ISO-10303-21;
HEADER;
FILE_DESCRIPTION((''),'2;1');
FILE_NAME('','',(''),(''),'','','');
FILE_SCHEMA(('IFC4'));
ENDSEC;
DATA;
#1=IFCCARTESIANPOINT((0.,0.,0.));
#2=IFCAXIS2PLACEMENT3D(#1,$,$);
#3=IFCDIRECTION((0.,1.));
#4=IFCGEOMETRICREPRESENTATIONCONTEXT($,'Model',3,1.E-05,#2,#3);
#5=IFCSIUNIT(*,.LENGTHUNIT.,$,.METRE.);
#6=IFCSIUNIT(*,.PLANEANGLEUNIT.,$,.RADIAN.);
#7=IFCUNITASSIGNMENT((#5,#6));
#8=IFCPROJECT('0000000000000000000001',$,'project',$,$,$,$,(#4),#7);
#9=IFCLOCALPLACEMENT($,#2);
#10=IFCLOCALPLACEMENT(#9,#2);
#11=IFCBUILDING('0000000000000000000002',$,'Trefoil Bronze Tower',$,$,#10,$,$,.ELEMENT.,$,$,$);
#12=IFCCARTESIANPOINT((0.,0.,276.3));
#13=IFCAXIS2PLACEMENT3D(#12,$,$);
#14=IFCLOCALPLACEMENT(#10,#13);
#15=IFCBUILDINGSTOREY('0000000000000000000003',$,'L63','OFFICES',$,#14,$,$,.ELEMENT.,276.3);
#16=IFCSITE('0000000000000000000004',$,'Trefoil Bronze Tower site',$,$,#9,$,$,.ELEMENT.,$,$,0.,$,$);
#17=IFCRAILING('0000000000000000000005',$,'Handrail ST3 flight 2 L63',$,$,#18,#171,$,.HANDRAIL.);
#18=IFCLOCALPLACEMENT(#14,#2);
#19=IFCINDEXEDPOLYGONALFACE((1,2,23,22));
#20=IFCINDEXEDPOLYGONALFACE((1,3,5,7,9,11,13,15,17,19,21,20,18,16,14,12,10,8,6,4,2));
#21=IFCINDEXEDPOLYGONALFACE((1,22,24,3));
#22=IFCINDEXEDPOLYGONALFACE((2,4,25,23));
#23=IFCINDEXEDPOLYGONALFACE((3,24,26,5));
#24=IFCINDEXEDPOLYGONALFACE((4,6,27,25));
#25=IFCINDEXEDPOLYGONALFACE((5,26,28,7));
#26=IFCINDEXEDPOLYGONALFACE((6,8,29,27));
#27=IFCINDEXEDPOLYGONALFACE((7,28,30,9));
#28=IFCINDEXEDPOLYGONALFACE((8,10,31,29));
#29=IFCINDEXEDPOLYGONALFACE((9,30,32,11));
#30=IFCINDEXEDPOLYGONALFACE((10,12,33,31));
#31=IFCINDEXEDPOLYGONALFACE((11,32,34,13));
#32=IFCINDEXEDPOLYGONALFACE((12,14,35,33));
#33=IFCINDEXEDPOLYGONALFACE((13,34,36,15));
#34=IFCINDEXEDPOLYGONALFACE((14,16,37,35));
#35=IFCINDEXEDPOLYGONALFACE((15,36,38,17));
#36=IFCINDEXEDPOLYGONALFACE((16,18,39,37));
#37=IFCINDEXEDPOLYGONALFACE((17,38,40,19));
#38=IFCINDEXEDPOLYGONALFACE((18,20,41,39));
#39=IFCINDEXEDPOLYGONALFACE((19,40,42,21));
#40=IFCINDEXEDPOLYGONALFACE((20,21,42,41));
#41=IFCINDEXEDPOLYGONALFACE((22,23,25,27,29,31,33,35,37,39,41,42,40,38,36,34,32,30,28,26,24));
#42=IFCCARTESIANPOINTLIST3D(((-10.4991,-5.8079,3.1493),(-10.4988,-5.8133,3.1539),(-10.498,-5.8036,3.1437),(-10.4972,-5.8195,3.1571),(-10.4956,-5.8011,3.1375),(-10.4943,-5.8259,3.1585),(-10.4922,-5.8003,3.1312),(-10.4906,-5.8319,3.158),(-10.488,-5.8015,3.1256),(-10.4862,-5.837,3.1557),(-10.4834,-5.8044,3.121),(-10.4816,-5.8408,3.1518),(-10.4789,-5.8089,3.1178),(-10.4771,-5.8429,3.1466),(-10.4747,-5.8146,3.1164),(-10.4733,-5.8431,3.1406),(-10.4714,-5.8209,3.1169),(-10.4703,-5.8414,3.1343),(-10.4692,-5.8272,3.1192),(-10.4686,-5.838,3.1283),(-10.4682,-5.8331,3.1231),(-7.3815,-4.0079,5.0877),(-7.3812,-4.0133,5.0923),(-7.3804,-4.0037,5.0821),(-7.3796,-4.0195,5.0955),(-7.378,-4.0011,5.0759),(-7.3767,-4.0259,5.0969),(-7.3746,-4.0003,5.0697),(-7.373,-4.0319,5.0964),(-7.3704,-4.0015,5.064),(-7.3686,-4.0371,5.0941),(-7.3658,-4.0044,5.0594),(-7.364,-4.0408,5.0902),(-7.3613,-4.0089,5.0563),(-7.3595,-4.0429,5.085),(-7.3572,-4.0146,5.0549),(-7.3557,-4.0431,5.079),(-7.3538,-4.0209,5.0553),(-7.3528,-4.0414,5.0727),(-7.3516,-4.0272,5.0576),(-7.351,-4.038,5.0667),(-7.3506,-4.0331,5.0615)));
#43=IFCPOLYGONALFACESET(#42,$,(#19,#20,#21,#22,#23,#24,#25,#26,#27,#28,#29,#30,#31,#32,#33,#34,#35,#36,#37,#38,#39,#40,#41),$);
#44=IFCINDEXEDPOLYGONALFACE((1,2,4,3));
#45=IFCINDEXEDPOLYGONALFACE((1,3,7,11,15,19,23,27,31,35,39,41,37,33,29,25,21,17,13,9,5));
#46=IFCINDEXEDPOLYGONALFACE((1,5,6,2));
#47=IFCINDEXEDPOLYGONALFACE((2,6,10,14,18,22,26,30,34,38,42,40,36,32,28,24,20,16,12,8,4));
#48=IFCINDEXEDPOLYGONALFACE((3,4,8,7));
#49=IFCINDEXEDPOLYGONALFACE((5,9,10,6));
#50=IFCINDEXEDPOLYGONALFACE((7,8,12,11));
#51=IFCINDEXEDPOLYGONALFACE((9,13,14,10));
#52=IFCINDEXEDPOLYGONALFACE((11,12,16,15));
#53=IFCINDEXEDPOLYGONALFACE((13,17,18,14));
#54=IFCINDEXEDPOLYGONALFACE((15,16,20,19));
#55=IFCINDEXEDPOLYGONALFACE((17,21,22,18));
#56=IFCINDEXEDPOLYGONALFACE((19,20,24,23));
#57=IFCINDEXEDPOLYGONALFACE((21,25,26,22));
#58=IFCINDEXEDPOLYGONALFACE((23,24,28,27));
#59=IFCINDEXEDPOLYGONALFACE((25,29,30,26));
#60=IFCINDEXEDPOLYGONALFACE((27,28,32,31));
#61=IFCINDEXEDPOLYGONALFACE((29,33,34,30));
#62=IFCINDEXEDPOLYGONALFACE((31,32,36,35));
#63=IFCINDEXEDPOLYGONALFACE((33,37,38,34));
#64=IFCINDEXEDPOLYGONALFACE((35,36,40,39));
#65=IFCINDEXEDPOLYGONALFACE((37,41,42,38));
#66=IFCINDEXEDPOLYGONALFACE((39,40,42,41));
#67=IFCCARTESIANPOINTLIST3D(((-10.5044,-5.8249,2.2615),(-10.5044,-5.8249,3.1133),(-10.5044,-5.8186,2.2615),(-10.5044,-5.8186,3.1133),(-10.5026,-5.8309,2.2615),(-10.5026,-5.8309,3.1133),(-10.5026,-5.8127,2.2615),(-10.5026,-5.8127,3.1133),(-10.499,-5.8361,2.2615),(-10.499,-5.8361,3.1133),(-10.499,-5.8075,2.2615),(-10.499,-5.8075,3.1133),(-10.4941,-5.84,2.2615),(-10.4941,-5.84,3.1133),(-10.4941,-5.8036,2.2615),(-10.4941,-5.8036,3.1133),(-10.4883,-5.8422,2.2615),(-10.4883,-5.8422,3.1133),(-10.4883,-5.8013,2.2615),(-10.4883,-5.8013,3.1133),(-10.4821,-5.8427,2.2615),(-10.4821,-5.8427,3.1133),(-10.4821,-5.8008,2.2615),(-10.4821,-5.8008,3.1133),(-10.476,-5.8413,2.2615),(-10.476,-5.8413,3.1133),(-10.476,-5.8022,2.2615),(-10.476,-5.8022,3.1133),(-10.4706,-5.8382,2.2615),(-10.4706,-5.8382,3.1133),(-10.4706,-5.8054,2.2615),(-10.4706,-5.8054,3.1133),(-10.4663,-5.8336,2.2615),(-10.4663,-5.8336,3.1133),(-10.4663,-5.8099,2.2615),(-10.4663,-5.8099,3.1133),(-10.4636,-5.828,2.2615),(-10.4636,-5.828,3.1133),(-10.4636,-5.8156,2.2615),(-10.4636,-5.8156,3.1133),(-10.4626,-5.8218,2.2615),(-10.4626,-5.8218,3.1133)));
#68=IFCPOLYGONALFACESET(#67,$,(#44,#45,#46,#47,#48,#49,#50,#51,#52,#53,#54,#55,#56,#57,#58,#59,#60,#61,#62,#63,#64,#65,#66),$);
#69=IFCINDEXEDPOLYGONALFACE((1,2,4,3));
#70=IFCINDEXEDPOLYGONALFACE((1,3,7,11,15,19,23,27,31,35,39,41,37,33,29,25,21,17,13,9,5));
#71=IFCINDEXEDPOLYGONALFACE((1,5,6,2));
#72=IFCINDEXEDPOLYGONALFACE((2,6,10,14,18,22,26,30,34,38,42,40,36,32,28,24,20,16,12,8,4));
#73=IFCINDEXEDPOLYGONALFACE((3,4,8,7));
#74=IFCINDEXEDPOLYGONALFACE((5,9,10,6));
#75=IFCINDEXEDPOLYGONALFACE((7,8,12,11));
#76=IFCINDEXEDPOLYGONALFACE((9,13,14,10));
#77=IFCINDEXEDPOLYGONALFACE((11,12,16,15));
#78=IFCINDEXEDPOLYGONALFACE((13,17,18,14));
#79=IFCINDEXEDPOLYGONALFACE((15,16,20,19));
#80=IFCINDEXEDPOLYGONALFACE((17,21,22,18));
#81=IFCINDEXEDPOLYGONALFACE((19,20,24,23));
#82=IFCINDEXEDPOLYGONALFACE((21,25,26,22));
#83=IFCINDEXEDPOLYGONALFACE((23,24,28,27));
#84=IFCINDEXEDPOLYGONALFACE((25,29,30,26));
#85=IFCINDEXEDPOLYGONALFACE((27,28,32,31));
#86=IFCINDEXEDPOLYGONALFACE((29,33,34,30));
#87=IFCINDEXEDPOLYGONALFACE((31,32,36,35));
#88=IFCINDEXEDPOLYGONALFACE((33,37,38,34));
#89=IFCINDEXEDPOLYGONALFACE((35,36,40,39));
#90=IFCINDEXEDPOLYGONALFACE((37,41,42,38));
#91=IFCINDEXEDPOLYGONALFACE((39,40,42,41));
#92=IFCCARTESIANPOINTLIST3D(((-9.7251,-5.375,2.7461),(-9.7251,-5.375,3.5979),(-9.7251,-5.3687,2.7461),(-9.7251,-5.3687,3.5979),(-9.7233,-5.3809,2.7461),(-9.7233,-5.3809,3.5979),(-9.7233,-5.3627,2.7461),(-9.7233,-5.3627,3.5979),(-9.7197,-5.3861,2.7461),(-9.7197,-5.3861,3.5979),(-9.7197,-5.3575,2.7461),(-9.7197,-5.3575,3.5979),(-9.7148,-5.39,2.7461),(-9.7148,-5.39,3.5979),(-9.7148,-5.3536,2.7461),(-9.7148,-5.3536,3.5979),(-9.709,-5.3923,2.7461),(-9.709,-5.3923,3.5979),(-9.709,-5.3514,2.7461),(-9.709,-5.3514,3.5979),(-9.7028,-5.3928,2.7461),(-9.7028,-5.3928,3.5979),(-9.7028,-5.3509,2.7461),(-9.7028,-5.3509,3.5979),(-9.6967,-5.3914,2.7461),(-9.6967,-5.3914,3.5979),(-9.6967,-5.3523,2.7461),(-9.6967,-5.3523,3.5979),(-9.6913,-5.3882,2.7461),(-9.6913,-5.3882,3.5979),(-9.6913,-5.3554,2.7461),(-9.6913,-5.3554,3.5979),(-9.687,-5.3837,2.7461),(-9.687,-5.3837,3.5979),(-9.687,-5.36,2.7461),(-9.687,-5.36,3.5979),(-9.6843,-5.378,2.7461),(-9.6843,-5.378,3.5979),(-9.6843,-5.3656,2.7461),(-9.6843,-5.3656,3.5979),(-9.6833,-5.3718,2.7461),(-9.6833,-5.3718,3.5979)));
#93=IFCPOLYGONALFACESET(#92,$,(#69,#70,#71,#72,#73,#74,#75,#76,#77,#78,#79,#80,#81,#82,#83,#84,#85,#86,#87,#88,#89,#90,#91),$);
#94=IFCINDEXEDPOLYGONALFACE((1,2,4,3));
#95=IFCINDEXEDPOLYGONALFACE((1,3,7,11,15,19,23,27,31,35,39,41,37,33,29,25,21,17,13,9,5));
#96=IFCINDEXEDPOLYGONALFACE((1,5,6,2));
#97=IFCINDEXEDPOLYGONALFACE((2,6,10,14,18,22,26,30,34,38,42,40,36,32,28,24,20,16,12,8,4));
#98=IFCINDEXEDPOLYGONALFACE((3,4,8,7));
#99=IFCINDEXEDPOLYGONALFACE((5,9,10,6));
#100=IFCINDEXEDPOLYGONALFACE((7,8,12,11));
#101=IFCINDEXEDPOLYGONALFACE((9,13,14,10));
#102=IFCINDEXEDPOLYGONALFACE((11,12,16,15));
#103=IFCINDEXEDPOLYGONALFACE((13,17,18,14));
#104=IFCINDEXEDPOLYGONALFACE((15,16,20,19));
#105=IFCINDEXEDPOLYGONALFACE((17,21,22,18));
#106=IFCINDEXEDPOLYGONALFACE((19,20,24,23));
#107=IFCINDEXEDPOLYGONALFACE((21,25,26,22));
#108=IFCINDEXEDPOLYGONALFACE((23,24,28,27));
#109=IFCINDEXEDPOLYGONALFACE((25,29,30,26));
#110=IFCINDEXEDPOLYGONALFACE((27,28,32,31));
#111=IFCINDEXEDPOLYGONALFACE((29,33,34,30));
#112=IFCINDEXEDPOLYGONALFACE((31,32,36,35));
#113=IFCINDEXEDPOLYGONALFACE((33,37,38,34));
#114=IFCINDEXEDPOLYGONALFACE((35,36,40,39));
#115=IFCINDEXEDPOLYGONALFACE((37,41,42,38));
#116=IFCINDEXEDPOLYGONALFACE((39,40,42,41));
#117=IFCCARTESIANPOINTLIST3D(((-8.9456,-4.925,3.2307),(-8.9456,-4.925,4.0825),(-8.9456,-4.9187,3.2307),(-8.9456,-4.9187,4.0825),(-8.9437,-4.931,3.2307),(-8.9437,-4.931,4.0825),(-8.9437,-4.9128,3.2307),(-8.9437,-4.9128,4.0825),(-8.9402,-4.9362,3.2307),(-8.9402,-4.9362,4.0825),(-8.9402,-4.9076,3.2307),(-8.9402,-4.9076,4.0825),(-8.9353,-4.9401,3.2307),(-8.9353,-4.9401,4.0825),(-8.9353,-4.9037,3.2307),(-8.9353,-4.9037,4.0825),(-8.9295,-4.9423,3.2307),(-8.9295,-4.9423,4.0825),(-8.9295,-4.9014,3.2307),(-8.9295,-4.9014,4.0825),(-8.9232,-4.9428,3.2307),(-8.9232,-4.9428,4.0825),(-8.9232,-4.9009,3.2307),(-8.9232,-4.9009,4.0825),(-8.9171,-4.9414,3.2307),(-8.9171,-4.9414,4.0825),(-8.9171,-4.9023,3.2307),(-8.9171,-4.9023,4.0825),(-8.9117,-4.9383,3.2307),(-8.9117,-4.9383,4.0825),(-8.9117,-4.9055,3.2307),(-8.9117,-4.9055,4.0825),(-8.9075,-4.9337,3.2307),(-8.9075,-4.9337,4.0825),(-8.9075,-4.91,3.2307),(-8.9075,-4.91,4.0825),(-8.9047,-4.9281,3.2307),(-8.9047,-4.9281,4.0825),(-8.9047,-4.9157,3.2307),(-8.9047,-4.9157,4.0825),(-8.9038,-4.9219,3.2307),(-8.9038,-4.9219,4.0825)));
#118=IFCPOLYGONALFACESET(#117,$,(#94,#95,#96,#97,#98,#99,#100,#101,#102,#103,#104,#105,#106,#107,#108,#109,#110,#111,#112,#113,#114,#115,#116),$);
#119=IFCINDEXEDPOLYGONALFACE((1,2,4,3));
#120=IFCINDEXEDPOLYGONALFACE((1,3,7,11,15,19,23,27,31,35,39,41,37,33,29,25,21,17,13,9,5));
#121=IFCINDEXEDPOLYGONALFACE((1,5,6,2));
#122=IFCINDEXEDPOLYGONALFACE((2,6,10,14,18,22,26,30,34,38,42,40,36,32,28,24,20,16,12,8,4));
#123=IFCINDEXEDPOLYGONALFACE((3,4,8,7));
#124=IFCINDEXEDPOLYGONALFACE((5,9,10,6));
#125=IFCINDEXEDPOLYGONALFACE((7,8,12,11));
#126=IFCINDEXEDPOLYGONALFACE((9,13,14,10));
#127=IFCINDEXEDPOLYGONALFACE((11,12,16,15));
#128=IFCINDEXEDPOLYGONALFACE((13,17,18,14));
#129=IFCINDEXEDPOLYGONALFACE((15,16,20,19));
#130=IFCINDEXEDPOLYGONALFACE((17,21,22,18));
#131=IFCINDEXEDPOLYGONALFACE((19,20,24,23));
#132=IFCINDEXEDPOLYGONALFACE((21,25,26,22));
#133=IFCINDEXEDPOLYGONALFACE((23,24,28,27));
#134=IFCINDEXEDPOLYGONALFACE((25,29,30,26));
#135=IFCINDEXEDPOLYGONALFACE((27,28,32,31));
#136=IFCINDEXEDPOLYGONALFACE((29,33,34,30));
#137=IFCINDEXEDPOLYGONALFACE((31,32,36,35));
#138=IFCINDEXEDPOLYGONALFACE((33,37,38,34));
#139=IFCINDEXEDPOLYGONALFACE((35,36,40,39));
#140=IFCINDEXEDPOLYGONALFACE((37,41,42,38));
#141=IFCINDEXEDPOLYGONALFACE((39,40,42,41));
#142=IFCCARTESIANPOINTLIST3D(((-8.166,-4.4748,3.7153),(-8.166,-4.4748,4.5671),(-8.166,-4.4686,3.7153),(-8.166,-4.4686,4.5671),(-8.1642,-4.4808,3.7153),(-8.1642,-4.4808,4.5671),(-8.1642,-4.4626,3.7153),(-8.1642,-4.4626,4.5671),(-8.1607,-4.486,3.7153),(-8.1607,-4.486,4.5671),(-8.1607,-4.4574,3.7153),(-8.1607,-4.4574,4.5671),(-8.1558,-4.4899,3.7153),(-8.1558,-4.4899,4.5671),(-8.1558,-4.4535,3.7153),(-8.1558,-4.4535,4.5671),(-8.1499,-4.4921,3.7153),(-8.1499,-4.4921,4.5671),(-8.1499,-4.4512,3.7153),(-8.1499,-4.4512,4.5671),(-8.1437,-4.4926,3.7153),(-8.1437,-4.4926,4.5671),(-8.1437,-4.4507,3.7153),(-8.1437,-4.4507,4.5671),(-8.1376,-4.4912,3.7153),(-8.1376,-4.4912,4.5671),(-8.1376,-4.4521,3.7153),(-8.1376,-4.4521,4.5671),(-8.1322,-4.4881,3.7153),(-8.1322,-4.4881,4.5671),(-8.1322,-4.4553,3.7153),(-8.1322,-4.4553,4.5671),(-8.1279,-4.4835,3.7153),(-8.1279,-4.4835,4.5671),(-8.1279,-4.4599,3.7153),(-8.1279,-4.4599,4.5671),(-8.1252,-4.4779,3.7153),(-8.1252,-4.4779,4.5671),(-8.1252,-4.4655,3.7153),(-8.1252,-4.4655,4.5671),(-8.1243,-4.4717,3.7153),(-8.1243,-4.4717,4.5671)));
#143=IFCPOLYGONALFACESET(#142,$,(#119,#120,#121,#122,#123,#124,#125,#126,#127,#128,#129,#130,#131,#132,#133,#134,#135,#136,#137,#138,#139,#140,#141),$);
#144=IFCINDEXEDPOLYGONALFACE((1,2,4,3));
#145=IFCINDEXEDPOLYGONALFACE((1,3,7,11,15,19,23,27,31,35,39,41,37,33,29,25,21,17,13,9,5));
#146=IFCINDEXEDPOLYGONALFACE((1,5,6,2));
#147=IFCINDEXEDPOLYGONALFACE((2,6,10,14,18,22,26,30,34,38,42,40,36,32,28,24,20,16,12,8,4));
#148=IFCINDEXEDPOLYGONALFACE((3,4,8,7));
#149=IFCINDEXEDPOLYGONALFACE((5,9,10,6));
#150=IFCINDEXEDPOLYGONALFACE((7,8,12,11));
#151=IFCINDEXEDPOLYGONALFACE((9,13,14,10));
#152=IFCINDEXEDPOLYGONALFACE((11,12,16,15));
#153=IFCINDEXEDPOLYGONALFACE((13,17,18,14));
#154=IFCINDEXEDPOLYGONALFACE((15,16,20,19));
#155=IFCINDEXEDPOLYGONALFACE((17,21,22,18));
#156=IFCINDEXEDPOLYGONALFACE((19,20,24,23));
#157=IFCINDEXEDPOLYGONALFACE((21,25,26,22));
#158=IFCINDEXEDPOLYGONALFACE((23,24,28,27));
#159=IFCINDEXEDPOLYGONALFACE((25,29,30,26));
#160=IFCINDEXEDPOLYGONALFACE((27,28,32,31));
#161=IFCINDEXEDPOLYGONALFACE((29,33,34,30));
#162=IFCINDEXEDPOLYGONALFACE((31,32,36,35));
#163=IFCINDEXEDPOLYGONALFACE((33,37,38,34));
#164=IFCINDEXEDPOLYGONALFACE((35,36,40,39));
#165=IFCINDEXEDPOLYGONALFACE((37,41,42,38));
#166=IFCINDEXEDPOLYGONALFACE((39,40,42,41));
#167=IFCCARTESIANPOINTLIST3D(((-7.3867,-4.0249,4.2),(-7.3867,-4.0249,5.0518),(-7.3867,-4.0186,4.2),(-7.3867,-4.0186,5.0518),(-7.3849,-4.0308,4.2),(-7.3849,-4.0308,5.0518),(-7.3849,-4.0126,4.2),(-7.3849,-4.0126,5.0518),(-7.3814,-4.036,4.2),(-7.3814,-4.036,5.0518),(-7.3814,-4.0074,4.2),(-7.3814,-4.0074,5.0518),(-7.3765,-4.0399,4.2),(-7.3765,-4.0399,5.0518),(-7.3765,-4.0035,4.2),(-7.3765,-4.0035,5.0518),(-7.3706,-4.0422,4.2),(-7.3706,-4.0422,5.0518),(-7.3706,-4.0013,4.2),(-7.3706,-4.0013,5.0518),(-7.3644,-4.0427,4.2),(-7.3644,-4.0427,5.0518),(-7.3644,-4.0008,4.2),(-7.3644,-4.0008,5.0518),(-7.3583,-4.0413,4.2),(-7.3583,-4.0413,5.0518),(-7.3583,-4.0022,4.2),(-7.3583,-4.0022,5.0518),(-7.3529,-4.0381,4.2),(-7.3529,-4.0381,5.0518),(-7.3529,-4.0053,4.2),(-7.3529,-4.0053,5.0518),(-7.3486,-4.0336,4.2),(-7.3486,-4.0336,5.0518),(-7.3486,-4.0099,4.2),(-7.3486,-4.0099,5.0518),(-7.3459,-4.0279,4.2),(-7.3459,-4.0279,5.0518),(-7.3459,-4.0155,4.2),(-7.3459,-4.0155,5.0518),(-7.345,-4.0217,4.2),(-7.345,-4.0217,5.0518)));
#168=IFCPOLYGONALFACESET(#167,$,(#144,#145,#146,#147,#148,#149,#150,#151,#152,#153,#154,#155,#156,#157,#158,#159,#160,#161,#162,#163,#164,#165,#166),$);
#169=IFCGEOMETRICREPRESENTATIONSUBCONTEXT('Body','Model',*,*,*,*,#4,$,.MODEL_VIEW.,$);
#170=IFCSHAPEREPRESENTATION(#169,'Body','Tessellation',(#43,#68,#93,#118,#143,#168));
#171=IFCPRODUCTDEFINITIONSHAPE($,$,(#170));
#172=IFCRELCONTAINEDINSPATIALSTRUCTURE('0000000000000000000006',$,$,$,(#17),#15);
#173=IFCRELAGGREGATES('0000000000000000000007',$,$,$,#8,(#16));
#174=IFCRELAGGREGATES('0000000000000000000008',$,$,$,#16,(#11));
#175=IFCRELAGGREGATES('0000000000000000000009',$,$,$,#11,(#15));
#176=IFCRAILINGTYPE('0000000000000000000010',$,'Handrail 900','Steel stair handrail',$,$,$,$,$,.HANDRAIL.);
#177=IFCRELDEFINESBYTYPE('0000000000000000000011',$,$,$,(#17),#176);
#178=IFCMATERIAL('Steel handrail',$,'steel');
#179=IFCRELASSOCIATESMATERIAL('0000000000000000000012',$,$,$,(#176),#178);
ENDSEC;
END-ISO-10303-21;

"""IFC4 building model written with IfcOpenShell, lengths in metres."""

from ifc_helpers import new_model, si_unit, direction, frame, origin, origin_2d, place, context, subcontext, project, spatial, circle, extrude, material, type_object, element, save


model = new_model("IFC4")

# Units and contexts
model_context = context("Model", 3, precision=1e-05, world=origin(), true_north=direction((0.0, 1.0)))
body_context = subcontext(model_context, "Body", "Model", "MODEL_VIEW")
ifc_project = project(units=[si_unit("LENGTHUNIT", "METRE"), si_unit("PLANEANGLEUNIT", "RADIAN")], contexts=[model_context])

# Site, building, storey
site_placement = place(None, origin())
site = spatial("IfcSite", under=ifc_project, at=site_placement, Name="Trefoil Bronze Tower site", CompositionType="ELEMENT", RefElevation=0.0)
building_placement = place(site_placement, origin())
building = spatial("IfcBuilding", under=site, at=building_placement, Name="Trefoil Bronze Tower", CompositionType="ELEMENT")
storey_placement = place(building_placement, frame((0.0, 0.0, 276.3)))
storey = spatial("IfcBuildingStorey", under=building, at=storey_placement, Name="L63", Description="OFFICES", CompositionType="ELEMENT", Elevation=276.3)

# Railing
ifc_material_1 = material(Name="Steel handrail", Category="steel")
railing_type = type_object("IfcRailingType", Name="Handrail 900", Description="Steel stair handrail", PredefinedType="HANDRAIL", material=ifc_material_1)
railing_placement = place(storey_placement, frame((-10.4836, -5.8218, 2.2615)))
element("IfcRailing", 1, at=railing_placement, inside=storey, type_object=railing_type, Name="Handrail ST3 flight 2 L63", PredefinedType="HANDRAIL", context=body_context, shape_type="SweptSolid", body=[
    extrude(circle(Radius=0.0239, at=origin_2d()), frame((0.0, 0.0, 0.876), z_axis=(0.762503, 0.440246, 0.474102), x_axis=(-0.500012, 0.866018, 0.0)), (0.0, 0.0, 1.0), 4.0886),
    extrude(circle(Radius=0.021, at=origin_2d()), origin(), (0.0, 0.0, 1.0), 0.8518),
    extrude(circle(Radius=0.021, at=origin_2d()), frame((0.7793, 0.45, 0.4846)), (0.0, 0.0, 1.0), 0.8518),
    extrude(circle(Radius=0.021, at=origin_2d()), frame((1.5588, 0.8999, 0.9692)), (0.0, 0.0, 1.0), 0.8518),
    extrude(circle(Radius=0.021, at=origin_2d()), frame((2.3384, 1.3501, 1.4539)), (0.0, 0.0, 1.0), 0.8518),
    extrude(circle(Radius=0.021, at=origin_2d()), frame((3.1177, 1.8, 1.9385)), (0.0, 0.0, 1.0), 0.8518),
])

save(model, "model.ifc")
